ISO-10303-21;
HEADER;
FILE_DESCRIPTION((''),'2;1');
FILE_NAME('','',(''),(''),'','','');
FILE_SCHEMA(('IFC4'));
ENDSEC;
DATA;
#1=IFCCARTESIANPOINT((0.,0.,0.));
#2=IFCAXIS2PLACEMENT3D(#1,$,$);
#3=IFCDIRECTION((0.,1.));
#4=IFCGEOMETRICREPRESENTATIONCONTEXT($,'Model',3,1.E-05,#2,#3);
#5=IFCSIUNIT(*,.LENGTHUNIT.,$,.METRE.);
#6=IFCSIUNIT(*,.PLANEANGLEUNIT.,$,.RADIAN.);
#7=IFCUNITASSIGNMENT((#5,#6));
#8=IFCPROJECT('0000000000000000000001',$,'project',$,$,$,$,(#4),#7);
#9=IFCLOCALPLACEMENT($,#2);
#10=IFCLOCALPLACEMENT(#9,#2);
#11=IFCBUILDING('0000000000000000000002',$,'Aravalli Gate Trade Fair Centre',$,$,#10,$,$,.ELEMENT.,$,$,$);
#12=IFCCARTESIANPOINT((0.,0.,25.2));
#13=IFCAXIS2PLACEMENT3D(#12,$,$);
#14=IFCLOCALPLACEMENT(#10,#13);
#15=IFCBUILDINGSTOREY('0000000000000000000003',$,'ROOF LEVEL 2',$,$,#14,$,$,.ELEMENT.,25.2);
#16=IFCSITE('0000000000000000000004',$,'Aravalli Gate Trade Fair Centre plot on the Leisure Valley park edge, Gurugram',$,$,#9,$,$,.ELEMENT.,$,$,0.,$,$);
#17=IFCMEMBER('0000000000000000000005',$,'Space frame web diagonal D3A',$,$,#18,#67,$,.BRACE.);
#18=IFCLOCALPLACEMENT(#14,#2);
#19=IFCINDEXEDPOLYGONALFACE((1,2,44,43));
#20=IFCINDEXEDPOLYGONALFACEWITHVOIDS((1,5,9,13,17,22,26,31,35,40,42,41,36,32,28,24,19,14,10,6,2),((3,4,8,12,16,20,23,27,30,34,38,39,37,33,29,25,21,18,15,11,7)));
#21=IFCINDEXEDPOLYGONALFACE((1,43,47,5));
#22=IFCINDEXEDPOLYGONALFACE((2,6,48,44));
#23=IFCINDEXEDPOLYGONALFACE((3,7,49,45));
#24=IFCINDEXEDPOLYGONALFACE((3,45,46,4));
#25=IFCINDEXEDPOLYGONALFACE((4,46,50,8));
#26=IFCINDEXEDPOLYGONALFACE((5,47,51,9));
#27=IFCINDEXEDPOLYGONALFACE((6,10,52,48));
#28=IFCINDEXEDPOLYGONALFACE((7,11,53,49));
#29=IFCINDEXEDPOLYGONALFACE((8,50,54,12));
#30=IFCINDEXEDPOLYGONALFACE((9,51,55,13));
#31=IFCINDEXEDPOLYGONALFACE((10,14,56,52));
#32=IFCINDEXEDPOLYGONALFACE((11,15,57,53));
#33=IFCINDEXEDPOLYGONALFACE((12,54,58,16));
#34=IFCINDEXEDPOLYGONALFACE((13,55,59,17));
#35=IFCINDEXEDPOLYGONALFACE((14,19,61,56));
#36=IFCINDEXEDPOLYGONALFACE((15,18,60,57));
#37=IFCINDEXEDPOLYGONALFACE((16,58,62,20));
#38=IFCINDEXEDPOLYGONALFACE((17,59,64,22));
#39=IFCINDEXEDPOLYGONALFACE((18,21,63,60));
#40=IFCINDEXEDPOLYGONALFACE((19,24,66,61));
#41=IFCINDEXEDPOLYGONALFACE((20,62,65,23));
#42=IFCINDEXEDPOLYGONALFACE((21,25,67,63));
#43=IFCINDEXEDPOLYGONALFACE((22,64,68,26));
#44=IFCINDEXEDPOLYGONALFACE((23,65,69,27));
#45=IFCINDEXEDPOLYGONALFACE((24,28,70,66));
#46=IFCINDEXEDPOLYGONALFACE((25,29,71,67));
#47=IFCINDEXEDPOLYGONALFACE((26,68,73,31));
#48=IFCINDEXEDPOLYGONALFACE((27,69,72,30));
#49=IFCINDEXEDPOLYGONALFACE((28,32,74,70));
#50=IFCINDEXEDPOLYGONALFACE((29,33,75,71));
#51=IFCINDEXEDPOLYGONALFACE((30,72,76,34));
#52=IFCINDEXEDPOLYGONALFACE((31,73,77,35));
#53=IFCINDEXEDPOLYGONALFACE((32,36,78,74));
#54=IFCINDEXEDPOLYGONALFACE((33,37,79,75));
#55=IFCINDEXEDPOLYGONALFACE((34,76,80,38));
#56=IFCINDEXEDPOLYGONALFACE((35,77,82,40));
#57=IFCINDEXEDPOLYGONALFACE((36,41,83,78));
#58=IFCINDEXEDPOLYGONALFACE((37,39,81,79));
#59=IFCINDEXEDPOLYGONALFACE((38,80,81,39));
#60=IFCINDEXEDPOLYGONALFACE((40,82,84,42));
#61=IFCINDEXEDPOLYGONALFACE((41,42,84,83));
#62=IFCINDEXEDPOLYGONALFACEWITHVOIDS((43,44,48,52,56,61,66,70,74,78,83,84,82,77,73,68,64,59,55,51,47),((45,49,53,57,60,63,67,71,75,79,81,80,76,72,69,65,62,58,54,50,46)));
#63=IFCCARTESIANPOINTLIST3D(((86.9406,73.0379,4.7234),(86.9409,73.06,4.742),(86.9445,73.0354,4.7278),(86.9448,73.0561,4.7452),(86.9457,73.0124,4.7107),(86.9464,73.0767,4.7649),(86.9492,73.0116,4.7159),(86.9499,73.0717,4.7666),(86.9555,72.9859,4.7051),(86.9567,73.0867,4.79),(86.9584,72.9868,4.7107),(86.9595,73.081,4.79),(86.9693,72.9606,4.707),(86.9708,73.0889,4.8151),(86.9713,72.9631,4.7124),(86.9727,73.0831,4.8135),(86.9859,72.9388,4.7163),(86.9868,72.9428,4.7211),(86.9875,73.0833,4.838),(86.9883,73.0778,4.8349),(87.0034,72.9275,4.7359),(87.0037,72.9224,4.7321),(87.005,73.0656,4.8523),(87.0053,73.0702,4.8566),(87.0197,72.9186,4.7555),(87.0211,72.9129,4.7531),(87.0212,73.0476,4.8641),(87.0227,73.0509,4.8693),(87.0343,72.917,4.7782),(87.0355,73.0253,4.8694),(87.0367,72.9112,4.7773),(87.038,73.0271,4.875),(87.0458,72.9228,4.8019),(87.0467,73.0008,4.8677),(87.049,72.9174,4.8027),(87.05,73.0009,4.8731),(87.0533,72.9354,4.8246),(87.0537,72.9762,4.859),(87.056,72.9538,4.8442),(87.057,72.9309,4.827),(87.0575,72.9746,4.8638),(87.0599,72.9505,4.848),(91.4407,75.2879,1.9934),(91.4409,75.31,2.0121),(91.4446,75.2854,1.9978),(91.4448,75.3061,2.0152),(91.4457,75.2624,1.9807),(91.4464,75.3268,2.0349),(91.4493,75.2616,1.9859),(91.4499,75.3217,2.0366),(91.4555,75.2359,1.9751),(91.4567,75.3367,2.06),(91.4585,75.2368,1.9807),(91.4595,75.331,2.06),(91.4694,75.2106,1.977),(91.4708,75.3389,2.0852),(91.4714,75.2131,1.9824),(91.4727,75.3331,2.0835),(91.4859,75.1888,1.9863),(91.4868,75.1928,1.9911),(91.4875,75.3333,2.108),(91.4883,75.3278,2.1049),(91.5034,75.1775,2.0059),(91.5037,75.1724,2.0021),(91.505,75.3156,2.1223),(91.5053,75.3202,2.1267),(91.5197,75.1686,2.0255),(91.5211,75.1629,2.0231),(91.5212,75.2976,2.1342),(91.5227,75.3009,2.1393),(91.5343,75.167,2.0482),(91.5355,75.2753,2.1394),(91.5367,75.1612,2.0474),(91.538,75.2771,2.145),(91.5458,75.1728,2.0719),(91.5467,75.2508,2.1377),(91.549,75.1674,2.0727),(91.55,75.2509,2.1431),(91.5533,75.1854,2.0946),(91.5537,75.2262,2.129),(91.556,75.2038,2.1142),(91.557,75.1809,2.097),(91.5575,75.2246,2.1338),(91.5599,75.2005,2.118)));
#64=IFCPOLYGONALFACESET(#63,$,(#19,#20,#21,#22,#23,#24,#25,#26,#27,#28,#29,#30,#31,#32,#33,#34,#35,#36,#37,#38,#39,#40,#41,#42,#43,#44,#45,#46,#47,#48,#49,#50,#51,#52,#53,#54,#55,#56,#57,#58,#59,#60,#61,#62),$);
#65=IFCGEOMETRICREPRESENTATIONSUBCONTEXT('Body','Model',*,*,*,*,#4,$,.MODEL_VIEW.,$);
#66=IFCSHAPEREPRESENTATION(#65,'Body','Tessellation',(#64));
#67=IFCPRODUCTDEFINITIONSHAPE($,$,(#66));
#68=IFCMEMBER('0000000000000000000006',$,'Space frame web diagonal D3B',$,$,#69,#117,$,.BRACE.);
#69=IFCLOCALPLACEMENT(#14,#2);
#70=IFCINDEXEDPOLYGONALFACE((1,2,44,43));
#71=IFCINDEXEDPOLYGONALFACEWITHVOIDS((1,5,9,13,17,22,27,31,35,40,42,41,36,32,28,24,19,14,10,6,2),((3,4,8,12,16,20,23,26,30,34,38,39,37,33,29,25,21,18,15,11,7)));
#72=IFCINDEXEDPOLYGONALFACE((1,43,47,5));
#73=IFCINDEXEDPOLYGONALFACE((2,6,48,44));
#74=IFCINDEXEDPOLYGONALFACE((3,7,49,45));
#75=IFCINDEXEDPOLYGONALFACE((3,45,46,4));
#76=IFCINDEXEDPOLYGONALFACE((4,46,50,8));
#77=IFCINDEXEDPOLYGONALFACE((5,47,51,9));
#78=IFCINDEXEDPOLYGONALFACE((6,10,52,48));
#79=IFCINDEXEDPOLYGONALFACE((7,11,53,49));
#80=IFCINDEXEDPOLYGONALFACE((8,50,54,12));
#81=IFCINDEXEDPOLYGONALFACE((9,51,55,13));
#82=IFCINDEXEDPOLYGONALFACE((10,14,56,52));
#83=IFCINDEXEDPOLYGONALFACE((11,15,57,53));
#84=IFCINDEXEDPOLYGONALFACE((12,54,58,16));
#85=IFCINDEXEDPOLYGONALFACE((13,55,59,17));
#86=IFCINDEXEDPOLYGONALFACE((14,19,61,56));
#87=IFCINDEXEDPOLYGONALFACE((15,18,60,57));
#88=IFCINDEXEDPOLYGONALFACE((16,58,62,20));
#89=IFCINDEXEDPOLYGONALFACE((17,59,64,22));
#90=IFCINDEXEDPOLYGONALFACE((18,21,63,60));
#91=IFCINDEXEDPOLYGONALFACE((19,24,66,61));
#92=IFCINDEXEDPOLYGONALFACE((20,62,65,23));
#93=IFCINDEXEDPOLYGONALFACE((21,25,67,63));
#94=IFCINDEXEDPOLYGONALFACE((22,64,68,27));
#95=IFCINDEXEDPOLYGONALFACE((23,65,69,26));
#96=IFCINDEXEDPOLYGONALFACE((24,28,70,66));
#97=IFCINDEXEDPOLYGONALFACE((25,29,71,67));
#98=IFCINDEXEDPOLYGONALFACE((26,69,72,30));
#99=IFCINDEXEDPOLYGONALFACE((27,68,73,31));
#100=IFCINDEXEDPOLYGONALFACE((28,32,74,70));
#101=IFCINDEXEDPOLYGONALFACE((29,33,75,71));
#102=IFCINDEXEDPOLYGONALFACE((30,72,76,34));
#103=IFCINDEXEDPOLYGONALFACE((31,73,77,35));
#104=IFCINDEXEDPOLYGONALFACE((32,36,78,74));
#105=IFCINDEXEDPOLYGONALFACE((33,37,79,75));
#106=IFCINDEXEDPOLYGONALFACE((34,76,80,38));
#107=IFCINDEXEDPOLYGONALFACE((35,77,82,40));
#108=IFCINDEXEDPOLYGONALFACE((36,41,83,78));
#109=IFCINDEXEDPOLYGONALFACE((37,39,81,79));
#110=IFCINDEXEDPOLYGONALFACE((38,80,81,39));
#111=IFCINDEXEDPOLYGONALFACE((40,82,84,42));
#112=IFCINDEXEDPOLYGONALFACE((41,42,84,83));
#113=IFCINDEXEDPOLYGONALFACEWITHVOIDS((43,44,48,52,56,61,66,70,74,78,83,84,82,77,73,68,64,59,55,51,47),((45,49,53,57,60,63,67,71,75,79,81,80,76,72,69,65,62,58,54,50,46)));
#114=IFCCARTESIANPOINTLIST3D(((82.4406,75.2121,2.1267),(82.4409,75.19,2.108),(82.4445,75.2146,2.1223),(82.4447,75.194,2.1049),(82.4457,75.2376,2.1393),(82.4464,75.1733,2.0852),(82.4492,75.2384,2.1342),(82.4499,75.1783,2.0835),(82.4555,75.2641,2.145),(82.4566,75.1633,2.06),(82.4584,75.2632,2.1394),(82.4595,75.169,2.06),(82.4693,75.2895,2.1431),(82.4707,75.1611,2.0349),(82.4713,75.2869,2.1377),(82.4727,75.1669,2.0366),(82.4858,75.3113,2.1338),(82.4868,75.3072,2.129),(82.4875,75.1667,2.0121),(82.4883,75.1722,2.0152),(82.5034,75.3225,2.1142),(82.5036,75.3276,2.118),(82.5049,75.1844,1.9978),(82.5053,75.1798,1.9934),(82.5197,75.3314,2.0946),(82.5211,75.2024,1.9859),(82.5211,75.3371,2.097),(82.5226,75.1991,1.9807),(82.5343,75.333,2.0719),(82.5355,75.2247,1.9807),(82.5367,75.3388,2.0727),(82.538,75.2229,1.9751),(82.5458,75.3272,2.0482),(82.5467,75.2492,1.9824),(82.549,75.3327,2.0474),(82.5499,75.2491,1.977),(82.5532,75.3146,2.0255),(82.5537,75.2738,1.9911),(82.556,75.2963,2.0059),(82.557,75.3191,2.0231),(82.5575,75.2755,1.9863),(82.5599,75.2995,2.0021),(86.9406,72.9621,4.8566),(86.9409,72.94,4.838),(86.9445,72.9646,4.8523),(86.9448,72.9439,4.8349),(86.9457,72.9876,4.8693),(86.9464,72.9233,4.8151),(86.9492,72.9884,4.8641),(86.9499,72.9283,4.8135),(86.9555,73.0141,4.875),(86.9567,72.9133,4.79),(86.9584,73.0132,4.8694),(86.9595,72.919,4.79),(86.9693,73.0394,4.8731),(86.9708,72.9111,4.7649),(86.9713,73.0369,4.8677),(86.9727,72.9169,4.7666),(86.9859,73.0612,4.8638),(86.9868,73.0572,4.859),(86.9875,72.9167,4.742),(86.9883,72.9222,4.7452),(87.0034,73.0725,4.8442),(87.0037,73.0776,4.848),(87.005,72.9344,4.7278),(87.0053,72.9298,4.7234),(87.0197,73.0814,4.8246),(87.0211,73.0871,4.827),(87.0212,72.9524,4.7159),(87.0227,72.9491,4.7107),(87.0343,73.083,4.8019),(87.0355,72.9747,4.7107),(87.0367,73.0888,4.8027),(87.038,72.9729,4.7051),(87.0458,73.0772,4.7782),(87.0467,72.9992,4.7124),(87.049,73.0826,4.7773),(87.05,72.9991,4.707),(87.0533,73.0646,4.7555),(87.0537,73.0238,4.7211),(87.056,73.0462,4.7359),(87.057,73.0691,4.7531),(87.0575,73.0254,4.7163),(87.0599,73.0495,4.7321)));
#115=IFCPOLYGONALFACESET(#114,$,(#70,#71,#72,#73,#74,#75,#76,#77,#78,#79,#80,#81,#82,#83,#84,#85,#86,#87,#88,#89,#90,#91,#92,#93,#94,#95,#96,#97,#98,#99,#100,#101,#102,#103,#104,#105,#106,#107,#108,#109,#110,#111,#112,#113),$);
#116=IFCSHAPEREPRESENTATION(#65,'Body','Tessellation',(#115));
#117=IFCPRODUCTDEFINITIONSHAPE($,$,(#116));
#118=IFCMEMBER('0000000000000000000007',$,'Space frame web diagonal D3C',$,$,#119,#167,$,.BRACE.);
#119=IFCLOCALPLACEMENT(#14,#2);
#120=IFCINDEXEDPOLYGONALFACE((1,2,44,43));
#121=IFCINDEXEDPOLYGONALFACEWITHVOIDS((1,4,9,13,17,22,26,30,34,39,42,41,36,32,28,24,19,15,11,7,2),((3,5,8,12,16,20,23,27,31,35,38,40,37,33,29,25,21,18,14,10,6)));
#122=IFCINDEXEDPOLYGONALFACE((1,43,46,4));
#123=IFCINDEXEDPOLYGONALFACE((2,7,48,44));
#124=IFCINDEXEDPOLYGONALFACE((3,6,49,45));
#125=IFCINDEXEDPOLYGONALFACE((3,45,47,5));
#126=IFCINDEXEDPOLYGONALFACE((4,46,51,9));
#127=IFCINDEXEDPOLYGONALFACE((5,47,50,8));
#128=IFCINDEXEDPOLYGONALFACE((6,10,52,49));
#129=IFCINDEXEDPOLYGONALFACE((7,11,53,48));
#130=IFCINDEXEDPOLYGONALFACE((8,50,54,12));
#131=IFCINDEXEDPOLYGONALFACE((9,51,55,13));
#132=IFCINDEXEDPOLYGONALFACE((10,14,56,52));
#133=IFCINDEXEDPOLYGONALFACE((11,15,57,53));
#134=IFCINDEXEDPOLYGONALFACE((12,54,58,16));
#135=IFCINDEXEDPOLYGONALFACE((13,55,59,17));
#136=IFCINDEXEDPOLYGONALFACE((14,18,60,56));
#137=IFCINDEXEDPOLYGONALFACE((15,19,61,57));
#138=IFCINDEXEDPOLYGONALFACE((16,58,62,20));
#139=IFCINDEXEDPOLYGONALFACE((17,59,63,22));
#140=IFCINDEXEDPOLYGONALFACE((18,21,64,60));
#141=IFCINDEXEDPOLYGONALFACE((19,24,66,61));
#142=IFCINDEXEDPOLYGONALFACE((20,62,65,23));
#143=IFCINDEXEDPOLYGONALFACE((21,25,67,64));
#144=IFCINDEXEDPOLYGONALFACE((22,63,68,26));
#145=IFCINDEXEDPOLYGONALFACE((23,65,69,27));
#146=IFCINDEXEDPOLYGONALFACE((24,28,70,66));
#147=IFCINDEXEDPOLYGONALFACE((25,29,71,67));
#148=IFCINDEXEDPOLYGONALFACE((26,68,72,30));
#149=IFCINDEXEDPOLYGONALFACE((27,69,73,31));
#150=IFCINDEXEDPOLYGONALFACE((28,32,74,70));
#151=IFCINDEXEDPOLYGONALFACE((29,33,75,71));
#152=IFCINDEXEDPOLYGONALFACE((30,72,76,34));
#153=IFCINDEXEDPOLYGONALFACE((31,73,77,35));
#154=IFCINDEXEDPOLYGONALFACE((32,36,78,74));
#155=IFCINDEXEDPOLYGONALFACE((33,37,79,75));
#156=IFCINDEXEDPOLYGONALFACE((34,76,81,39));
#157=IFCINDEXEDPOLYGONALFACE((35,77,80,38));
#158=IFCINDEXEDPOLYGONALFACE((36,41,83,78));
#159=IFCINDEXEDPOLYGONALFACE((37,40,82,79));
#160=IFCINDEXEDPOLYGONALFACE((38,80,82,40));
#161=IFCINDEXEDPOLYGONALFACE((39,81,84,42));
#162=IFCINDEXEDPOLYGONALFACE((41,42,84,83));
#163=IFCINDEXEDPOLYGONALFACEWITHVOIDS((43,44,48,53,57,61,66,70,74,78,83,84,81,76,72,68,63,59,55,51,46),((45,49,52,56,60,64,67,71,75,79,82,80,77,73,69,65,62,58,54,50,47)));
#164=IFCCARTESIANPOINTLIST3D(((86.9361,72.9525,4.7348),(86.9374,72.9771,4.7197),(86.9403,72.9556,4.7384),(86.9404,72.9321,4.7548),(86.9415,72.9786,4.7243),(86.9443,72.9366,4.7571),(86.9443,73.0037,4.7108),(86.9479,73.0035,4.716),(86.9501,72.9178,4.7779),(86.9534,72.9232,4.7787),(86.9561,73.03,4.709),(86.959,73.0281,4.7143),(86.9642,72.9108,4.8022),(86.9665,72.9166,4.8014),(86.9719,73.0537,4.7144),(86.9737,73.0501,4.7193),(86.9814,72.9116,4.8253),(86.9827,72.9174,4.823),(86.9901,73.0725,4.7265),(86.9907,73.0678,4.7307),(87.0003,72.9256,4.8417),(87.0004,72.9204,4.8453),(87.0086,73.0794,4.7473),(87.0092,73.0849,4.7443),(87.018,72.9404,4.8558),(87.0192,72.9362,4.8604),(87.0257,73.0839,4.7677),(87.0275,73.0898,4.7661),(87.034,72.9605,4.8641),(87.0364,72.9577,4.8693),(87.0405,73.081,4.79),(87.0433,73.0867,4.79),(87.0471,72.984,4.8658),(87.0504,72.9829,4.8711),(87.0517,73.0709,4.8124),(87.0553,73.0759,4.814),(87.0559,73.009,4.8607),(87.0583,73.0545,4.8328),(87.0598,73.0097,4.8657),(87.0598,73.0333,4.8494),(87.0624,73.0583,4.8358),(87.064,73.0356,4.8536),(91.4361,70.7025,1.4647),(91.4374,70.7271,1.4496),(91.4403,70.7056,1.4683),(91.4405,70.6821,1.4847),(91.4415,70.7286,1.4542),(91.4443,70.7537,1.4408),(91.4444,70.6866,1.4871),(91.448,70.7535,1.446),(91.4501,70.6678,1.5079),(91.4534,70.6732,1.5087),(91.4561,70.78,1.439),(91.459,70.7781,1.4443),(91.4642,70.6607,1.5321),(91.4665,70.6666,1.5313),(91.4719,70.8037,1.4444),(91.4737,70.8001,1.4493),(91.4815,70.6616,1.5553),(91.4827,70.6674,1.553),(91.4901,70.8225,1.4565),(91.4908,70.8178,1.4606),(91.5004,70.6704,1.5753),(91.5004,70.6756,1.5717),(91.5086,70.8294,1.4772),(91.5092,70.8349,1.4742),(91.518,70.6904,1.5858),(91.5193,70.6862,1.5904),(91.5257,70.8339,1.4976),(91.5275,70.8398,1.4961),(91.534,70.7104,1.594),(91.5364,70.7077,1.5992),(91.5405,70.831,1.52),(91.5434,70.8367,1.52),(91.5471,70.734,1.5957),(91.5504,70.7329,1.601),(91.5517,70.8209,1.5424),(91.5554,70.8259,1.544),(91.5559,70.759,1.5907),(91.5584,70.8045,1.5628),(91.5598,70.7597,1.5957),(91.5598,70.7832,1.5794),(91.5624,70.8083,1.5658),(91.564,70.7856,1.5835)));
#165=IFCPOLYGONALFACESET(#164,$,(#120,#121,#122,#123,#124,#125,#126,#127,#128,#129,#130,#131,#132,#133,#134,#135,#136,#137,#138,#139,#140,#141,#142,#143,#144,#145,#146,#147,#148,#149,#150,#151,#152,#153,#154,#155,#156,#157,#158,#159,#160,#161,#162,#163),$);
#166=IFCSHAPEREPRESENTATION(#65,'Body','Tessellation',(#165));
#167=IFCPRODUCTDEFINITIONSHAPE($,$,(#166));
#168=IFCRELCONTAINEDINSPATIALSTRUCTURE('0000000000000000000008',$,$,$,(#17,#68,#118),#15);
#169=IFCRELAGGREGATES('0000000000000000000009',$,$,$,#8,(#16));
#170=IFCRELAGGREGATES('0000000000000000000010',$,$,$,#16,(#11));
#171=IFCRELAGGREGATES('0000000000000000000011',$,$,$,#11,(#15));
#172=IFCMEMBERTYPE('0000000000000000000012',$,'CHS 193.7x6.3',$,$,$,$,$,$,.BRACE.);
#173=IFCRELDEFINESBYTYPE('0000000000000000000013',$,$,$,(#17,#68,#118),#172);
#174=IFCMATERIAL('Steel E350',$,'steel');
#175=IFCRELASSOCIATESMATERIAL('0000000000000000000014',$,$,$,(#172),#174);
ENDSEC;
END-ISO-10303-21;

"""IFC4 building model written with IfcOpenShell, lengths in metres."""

from ifc_helpers import new_model, si_unit, direction, frame, origin, origin_2d, place, context, subcontext, project, spatial, hollow_circle, extrude, material, material_profile, profile_set, type_object, element, save


model = new_model("IFC4")

# Units and contexts
model_context = context("Model", 3, precision=1e-05, world=origin(), true_north=direction((0.0, 1.0)))
body_context = subcontext(model_context, "Body", "Model", "MODEL_VIEW")
ifc_project = project(units=[si_unit("LENGTHUNIT", "METRE"), si_unit("PLANEANGLEUNIT", "RADIAN")], contexts=[model_context])

# Site, building, storey
site_placement = place(None, origin())
site = spatial("IfcSite", under=ifc_project, at=site_placement, Name="Aravalli Gate Trade Fair Centre plot on the Leisure Valley park edge, Gurugram", CompositionType="ELEMENT", RefElevation=0.0)
building_placement = place(site_placement, origin())
building = spatial("IfcBuilding", under=site, at=building_placement, Name="Aravalli Gate Trade Fair Centre", CompositionType="ELEMENT")
storey_placement = place(building_placement, frame((0.0, 0.0, 25.2)))
storey = spatial("IfcBuildingStorey", under=building, at=storey_placement, Name="ROOF LEVEL 2", CompositionType="ELEMENT", Elevation=25.2)

# Members
ifc_material = material(Name="Steel E350", Category="steel")
ifc_material_profile_1 = material_profile(ifc_material, hollow_circle(Radius=0.0969, WallThickness=0.0063, at=origin_2d()), Name="CHS 193.7x6.3")
ifc_profile_set_1 = profile_set([ifc_material_profile_1], Name="Steel E350")
member_type_1 = type_object("IfcMemberType", Name="CHS 193.7x6.3", PredefinedType="BRACE", material=ifc_profile_set_1)
for number, where, z_axis, x_axis, name in (
    (1, (87.0, 73.0, 4.79), (0.78615, 0.393075, -0.476928), (-0.447214, 0.894427, 0.0), "Space frame web diagonal D3A"),
    (2, (87.0, 73.0, 4.79), (-0.78615, 0.393075, -0.476928), (-0.447214, -0.894427, 0.0), "Space frame web diagonal D3B"),
):
    element("IfcMember", number, at=place(storey_placement, frame(where, z_axis=z_axis, x_axis=x_axis)), inside=storey, type_object=member_type_1, Name=name, PredefinedType="BRACE", context=body_context, shape_type="SweptSolid", body=[
        extrude(hollow_circle(Radius=0.0969, WallThickness=0.0063, at=origin_2d()), origin(), (0.0, 0.0, 1.0), 5.7241),
    ])
for number, where, z_axis, x_axis, name in (
    (3, (87.0, 73.0, 4.79), (0.749942, -0.374971, -0.544961), (0.447214, 0.894427, 0.0), "Space frame web diagonal D3C"),
):
    element("IfcMember", number, at=place(storey_placement, frame(where, z_axis=z_axis, x_axis=x_axis)), inside=storey, type_object=member_type_1, Name=name, PredefinedType="BRACE", context=body_context, shape_type="SweptSolid", body=[
        extrude(hollow_circle(Radius=0.0969, WallThickness=0.0063, at=origin_2d()), origin(), (0.0, 0.0, 1.0), 6.0005),
    ])

save(model, "model.ifc")
